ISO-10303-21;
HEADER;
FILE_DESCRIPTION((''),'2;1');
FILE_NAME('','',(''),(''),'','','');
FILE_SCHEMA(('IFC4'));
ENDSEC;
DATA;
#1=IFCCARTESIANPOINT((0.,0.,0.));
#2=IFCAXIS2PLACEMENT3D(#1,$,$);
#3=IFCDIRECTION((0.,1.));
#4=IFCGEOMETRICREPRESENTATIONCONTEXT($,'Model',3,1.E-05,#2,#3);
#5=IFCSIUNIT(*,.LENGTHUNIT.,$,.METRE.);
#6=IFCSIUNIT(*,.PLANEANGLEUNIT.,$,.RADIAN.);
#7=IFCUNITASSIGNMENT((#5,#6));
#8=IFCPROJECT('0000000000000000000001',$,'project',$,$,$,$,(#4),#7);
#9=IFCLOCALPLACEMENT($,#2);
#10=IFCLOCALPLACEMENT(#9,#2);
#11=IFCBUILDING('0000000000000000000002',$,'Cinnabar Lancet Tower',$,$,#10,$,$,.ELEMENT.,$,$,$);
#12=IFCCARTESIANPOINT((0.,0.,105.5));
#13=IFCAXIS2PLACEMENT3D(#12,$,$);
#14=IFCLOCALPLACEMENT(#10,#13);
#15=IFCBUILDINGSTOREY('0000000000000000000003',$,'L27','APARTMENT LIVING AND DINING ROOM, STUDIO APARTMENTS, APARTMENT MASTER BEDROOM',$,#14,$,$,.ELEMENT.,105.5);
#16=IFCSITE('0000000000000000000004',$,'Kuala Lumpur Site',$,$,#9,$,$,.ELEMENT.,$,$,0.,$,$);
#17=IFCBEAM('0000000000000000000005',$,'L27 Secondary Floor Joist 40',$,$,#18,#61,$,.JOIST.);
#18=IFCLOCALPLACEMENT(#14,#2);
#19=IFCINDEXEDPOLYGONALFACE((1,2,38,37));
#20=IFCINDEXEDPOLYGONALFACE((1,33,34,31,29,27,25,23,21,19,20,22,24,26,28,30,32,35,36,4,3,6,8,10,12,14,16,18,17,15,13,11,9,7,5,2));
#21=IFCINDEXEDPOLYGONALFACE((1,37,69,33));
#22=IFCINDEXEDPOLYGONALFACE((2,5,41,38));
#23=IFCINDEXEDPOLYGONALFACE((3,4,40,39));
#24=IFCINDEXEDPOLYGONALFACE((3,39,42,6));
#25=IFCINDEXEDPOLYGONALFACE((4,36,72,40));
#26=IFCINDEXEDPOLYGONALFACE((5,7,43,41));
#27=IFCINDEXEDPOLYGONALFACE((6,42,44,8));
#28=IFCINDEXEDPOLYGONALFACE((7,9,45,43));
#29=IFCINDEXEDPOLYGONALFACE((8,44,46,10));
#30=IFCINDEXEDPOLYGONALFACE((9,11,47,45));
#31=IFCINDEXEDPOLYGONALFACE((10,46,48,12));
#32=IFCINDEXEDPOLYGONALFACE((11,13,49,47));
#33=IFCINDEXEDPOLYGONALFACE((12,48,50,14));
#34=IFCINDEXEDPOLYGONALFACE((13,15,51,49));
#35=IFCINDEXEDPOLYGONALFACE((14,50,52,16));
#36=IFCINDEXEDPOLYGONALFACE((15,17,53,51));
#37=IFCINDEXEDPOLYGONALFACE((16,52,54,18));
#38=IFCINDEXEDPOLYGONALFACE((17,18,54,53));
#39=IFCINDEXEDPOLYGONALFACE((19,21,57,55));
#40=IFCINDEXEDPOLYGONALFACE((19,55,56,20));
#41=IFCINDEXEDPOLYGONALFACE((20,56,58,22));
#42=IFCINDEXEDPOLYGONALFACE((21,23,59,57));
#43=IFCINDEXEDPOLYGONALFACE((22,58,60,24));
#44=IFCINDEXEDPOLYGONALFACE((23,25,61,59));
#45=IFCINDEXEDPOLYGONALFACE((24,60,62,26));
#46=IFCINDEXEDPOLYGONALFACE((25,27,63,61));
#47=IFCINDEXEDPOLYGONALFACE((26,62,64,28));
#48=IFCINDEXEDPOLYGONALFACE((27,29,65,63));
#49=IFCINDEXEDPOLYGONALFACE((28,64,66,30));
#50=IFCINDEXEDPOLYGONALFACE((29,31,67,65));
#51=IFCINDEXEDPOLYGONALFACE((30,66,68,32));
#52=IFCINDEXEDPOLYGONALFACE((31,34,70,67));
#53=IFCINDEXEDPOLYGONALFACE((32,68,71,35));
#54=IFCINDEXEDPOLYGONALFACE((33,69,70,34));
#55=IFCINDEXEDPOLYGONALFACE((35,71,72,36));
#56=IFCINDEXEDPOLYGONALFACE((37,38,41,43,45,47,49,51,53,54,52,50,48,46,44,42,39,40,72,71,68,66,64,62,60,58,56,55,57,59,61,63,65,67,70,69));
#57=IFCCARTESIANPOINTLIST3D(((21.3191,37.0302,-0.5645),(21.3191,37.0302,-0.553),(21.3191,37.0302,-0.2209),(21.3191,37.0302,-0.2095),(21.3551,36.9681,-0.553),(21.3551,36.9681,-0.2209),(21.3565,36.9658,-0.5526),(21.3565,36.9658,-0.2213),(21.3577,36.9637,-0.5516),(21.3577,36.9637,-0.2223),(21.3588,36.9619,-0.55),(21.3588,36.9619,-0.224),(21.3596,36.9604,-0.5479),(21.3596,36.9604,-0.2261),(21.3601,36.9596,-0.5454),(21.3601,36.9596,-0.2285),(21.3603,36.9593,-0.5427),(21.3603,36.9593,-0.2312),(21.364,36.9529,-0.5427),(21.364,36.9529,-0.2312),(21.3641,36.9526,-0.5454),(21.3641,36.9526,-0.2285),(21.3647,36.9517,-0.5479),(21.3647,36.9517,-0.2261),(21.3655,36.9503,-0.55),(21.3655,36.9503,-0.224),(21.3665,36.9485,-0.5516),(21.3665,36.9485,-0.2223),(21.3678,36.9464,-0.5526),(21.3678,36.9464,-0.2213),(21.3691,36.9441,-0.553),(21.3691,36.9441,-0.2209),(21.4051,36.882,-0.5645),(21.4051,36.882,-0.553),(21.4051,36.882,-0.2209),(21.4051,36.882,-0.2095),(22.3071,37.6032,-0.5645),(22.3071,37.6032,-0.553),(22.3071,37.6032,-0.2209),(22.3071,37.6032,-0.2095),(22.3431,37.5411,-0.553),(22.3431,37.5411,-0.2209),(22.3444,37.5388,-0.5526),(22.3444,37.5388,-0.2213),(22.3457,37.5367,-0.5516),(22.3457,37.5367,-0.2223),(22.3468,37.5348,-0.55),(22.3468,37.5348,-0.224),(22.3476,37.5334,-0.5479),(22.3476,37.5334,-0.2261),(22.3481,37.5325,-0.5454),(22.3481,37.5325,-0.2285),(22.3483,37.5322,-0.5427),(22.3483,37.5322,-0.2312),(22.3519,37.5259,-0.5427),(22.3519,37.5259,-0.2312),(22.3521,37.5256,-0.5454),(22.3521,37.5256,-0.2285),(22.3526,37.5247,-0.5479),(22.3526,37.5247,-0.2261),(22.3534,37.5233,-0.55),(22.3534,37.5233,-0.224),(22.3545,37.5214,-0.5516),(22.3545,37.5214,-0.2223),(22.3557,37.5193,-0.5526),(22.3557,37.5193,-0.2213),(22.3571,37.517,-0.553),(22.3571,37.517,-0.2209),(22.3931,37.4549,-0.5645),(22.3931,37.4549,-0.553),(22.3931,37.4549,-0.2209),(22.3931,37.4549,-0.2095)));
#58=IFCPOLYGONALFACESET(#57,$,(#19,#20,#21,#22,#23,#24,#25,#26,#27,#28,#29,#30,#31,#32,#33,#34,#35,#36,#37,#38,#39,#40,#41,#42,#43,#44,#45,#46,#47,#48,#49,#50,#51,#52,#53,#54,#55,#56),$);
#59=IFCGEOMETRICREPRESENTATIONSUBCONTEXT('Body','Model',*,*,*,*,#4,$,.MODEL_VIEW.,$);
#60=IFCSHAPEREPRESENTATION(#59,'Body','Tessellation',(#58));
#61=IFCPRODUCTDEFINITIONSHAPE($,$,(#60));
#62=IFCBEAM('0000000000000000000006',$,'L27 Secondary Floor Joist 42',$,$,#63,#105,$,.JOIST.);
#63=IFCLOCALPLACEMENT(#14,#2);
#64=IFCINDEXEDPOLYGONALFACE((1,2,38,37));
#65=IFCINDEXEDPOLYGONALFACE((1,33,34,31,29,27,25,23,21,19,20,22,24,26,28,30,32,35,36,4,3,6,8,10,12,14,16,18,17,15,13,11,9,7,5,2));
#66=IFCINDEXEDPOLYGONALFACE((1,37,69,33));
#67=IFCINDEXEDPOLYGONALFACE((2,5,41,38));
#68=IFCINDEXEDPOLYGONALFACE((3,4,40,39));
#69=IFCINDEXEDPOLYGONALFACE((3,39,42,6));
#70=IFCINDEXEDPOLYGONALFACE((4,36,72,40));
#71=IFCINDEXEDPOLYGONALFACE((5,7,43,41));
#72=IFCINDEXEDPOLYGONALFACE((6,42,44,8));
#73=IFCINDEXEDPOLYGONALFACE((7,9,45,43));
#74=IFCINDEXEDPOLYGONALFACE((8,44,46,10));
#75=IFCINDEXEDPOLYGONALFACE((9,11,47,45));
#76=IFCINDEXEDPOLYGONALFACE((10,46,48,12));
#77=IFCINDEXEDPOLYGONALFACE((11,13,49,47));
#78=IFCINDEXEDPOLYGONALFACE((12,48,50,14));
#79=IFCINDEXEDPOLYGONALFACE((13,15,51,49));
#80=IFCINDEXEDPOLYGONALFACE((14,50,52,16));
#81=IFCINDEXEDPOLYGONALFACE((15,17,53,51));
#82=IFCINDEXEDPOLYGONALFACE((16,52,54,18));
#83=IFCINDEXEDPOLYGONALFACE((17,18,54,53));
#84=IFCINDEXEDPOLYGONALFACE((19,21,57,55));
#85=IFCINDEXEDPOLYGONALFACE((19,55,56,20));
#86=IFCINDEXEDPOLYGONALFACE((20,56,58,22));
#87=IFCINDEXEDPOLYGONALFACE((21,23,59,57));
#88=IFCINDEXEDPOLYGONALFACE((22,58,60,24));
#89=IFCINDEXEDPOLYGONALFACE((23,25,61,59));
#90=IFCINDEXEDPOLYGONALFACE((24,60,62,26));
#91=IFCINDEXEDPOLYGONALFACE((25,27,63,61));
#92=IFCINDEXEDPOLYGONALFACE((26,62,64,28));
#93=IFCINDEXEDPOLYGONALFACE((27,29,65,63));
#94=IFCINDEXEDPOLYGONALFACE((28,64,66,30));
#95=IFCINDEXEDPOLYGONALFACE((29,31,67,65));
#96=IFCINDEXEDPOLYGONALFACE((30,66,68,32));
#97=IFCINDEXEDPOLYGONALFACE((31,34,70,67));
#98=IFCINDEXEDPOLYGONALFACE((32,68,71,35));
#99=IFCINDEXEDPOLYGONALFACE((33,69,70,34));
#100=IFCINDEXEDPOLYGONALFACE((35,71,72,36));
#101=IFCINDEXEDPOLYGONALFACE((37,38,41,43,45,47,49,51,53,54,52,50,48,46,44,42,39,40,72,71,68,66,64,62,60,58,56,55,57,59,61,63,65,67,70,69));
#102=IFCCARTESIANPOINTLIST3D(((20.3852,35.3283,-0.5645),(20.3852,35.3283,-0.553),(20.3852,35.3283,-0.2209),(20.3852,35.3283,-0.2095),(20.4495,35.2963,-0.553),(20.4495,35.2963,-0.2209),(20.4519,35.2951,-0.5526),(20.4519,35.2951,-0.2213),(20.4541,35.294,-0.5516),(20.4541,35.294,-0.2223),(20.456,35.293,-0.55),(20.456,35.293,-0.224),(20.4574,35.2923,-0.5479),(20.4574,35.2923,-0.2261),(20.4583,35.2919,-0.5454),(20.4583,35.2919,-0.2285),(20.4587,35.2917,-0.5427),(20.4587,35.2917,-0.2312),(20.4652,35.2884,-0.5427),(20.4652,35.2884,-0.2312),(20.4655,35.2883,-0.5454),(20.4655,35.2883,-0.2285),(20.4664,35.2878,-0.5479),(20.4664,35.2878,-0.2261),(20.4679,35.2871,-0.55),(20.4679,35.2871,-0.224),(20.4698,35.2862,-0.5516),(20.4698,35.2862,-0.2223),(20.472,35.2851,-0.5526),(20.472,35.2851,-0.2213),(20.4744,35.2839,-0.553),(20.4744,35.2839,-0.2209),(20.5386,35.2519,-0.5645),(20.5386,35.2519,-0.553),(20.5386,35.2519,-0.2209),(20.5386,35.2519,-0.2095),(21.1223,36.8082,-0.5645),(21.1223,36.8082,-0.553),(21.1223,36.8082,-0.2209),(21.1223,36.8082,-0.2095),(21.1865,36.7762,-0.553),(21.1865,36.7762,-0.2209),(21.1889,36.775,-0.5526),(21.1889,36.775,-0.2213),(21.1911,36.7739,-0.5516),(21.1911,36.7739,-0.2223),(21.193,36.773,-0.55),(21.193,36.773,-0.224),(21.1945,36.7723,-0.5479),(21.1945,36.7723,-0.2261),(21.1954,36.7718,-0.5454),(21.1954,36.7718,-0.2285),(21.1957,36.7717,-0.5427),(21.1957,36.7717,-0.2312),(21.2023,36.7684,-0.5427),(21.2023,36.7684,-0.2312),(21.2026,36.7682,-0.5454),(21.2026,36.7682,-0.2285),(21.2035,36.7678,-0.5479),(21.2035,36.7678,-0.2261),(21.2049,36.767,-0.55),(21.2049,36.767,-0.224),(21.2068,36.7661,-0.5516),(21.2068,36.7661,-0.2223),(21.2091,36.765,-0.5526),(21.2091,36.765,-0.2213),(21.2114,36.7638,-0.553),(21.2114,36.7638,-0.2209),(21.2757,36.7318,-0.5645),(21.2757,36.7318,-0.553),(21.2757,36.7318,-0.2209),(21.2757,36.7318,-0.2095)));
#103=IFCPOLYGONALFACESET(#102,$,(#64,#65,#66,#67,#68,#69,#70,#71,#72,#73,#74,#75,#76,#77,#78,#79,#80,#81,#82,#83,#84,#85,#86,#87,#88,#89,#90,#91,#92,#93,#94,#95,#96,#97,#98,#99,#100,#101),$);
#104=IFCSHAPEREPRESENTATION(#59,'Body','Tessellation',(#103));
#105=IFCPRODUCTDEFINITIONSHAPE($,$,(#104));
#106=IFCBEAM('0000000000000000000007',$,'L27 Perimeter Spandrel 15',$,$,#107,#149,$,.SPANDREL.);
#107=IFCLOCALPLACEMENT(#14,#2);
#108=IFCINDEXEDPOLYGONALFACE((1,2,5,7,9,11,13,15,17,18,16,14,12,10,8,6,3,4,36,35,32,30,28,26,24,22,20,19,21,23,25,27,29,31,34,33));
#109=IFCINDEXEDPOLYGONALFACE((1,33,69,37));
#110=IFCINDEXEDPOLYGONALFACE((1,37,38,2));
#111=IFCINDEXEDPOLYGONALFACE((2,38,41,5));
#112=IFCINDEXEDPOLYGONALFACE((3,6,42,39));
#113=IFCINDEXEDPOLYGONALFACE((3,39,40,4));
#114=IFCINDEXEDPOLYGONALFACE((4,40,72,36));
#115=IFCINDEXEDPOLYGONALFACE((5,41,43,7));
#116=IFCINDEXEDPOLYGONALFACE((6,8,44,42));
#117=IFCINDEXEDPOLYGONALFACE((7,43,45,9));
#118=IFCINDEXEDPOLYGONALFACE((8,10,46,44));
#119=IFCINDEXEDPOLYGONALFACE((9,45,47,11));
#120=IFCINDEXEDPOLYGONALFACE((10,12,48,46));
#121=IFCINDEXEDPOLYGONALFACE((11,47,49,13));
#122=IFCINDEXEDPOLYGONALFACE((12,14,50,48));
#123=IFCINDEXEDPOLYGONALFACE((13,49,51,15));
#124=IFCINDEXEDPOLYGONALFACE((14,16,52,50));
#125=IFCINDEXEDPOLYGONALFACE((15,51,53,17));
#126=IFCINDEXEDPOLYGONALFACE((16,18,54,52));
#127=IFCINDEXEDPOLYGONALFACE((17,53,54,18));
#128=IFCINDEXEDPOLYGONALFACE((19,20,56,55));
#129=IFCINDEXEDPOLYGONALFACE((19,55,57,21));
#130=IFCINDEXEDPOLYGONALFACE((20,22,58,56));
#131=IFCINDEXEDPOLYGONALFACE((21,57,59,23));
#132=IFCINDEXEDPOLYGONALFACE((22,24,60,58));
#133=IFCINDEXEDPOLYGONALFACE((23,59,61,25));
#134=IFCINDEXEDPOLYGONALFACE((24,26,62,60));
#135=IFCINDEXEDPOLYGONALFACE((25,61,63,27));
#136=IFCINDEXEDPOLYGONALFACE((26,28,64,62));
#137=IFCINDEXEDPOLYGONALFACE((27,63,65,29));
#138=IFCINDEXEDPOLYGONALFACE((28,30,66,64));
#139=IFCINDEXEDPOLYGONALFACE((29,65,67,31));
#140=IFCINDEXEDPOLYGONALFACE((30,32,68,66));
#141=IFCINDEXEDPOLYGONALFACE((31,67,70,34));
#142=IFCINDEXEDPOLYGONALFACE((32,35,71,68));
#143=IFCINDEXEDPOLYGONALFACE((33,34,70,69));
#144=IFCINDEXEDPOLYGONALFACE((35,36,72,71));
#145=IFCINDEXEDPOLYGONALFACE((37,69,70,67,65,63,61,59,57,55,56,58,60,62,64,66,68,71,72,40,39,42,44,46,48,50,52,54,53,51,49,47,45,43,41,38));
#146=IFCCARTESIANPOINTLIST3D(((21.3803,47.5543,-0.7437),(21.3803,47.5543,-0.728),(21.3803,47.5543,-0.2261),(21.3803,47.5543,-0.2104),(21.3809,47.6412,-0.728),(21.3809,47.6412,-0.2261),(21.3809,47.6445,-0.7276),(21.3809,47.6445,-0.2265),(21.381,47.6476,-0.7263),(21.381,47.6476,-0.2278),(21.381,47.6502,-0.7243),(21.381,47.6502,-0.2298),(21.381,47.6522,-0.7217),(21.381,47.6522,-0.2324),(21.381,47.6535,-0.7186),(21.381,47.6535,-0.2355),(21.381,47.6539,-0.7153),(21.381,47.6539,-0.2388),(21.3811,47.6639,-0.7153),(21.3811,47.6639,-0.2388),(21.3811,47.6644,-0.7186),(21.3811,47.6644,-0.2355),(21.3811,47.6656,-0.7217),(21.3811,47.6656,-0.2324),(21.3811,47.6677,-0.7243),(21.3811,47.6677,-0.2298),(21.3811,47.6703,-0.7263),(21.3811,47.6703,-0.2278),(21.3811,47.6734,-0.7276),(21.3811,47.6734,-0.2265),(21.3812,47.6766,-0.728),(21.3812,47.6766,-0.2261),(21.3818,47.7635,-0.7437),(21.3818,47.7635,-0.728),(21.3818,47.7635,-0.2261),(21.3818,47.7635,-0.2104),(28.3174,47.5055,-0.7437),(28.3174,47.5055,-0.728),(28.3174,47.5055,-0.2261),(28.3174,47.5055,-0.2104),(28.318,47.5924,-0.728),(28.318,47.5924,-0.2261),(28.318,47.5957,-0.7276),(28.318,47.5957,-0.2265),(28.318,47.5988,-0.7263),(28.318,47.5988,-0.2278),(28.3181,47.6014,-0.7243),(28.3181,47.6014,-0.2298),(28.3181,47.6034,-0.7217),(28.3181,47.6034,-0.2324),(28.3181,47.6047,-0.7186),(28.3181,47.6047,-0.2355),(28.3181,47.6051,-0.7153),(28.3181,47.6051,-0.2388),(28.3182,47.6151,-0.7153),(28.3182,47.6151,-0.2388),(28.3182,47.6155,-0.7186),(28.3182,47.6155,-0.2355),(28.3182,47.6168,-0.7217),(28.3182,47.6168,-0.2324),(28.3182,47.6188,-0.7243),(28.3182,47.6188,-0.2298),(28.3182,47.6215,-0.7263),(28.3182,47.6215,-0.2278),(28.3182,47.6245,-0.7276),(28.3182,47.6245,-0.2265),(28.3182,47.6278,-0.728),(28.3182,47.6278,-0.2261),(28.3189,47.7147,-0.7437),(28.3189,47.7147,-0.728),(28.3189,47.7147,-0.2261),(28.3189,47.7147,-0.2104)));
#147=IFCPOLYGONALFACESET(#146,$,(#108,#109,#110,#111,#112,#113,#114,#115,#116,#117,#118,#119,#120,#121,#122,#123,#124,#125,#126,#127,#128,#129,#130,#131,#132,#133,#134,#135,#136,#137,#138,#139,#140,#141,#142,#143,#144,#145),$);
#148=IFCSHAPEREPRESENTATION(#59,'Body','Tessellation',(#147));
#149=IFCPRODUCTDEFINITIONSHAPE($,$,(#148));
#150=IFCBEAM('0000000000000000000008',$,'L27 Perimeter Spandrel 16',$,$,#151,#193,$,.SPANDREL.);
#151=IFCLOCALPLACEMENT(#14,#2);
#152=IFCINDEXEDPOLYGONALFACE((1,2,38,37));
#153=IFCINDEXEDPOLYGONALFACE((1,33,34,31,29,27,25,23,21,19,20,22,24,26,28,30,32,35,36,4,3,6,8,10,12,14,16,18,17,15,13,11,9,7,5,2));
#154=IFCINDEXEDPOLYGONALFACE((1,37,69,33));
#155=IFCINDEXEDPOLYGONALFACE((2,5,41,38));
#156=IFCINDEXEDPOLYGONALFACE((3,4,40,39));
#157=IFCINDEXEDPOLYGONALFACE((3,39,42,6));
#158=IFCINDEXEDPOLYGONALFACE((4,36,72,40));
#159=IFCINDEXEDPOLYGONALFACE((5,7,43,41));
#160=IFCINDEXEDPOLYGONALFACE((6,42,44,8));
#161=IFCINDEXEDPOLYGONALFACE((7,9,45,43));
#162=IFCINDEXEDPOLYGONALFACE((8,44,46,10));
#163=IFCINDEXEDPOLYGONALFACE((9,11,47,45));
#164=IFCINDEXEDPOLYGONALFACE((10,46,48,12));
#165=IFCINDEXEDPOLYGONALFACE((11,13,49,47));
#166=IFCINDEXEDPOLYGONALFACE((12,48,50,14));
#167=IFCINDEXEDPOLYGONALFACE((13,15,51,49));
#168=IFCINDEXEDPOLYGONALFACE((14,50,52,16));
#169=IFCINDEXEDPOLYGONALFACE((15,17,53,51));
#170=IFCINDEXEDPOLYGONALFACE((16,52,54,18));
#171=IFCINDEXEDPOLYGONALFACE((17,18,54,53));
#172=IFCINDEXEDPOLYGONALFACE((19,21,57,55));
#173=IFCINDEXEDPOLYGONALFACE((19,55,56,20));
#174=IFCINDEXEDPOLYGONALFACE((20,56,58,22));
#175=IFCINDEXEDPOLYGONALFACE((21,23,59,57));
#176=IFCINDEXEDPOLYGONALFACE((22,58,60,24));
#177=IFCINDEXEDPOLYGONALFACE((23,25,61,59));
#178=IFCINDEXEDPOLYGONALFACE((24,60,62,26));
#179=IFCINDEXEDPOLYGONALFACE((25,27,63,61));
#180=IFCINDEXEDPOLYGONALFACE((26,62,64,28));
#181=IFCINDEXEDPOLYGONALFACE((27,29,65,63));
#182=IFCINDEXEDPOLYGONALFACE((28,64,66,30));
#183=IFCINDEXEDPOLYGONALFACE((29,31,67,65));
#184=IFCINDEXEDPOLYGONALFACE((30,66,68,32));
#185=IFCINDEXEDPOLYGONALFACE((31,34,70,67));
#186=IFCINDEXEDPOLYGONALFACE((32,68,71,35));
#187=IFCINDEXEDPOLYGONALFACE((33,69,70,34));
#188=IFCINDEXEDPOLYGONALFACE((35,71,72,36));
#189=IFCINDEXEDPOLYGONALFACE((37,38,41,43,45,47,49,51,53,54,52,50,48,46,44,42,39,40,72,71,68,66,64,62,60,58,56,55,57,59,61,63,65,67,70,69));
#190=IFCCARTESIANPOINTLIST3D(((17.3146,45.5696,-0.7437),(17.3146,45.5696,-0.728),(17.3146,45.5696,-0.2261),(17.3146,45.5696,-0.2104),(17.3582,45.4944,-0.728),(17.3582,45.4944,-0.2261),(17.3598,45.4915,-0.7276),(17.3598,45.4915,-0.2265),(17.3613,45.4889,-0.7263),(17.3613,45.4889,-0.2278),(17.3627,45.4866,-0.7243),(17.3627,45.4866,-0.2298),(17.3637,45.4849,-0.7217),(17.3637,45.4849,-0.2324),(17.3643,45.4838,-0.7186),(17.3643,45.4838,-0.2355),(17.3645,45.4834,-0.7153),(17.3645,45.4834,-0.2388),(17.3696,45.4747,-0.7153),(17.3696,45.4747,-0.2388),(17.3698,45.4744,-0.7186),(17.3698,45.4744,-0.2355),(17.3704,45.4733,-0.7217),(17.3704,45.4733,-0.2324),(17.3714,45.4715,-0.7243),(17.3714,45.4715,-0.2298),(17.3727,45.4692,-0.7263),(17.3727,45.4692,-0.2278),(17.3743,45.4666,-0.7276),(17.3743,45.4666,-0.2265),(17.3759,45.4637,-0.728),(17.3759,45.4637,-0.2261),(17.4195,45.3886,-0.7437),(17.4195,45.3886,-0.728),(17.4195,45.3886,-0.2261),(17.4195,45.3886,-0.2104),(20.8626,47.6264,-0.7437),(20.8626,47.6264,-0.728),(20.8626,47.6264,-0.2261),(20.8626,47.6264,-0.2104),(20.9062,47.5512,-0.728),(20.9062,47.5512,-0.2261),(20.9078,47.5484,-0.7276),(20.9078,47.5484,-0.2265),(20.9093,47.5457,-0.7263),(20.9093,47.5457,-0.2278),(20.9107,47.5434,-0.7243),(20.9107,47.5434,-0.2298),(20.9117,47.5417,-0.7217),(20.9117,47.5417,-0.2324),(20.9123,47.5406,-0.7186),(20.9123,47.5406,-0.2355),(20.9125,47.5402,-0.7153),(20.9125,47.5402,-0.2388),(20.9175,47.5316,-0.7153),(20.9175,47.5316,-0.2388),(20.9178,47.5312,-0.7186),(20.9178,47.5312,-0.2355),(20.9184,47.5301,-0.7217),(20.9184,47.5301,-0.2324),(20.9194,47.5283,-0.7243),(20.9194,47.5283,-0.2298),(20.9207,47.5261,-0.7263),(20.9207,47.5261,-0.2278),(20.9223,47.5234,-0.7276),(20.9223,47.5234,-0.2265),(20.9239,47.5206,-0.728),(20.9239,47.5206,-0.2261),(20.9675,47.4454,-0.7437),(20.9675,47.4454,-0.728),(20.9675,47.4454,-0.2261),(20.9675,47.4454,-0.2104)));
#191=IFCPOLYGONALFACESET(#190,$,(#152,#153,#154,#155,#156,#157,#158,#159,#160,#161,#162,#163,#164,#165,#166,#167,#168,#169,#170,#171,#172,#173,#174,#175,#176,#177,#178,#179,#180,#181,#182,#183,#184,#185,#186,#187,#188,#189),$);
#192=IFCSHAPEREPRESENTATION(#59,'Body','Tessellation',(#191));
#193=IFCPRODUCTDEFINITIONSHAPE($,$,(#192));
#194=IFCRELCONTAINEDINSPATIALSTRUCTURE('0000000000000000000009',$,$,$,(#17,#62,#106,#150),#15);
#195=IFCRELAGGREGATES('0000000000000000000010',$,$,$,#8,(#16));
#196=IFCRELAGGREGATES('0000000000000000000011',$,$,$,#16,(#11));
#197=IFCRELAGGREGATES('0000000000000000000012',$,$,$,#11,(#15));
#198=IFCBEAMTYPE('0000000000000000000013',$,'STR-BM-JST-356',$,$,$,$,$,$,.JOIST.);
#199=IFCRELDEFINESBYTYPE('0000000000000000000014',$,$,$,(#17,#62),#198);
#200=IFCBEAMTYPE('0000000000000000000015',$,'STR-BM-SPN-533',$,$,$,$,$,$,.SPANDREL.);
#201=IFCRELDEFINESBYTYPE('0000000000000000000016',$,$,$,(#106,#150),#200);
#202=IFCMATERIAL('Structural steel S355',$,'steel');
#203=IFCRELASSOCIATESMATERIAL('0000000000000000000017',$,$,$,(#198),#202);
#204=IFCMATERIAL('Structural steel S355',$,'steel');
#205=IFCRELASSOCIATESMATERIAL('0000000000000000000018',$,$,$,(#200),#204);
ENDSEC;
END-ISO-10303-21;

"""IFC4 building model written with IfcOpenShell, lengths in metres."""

from ifc_helpers import new_model, si_unit, direction, frame, origin, origin_2d, place, context, subcontext, project, spatial, i_section, extrude, material, material_profile, profile_set, type_object, element, save


model = new_model("IFC4")

# Units and contexts
model_context = context("Model", 3, precision=1e-05, world=origin(), true_north=direction((0.0, 1.0)))
body_context = subcontext(model_context, "Body", "Model", "MODEL_VIEW")
ifc_project = project(units=[si_unit("LENGTHUNIT", "METRE"), si_unit("PLANEANGLEUNIT", "RADIAN")], contexts=[model_context])

# Site, building, storey
site_placement = place(None, origin())
site = spatial("IfcSite", under=ifc_project, at=site_placement, Name="Kuala Lumpur Site", CompositionType="ELEMENT", RefElevation=0.0)
building_placement = place(site_placement, origin())
building = spatial("IfcBuilding", under=site, at=building_placement, Name="Cinnabar Lancet Tower", CompositionType="ELEMENT")
storey_placement = place(building_placement, frame((0.0, 0.0, 105.5)))
storey = spatial("IfcBuildingStorey", under=building, at=storey_placement, Name="L27", Description="APARTMENT LIVING AND DINING ROOM, STUDIO APARTMENTS, APARTMENT MASTER BEDROOM", CompositionType="ELEMENT", Elevation=105.5)

# Beams
ifc_material_1 = material(Name="Structural steel S355", Category="steel")
ifc_material_profile_1 = material_profile(ifc_material_1, i_section(OverallWidth=0.1714, OverallDepth=0.355, WebThickness=0.0073, FlangeThickness=0.0115, FilletRadius=0.0103, at=origin_2d()), Name="UKB 356x171x51")
ifc_profile_set_1 = profile_set([ifc_material_profile_1], Name="Structural steel S355")
beam_type_1 = type_object("IfcBeamType", Name="STR-BM-JST-356", PredefinedType="JOIST", material=ifc_profile_set_1)
beam_1_placement = place(storey_placement, frame((22.3501, 37.5291, -0.387), z_axis=(-0.865055, -0.501677, 0.0), x_axis=(0.501677, -0.865055, 0.0)))
element("IfcBeam", 1, at=beam_1_placement, inside=storey, type_object=beam_type_1, Name="L27 Secondary Floor Joist 40", PredefinedType="JOIST", context=body_context, shape_type="SweptSolid", body=[
    extrude(i_section(OverallWidth=0.1714, OverallDepth=0.355, WebThickness=0.0073, FlangeThickness=0.0115, FilletRadius=0.0103, at=origin_2d()), origin(), (0.0, 0.0, 1.0), 1.1421),
])
beam_2_placement = place(storey_placement, frame((21.199, 36.77, -0.387), z_axis=(-0.445795, -0.895135, 0.0), x_axis=(0.895135, -0.445795, 0.0)))
element("IfcBeam", 2, at=beam_2_placement, inside=storey, type_object=beam_type_1, Name="L27 Secondary Floor Joist 42", PredefinedType="JOIST", context=body_context, shape_type="SweptSolid", body=[
    extrude(i_section(OverallWidth=0.1714, OverallDepth=0.355, WebThickness=0.0073, FlangeThickness=0.0115, FilletRadius=0.0103, at=origin_2d()), origin(), (0.0, 0.0, 1.0), 1.6533),
])
ifc_material_2 = material(Name="Structural steel S355", Category="steel")
ifc_material_profile_2 = material_profile(ifc_material_2, i_section(OverallWidth=0.2092, OverallDepth=0.5332, WebThickness=0.01, FlangeThickness=0.0156, FilletRadius=0.0127, at=origin_2d()), Name="UKB 533x210x92")
ifc_profile_set_2 = profile_set([ifc_material_profile_2], Name="Structural steel S355")
beam_type_2 = type_object("IfcBeamType", Name="STR-BM-SPN-533", PredefinedType="SPANDREL", material=ifc_profile_set_2)
beam_3_placement = place(storey_placement, frame((28.3181, 47.6101, -0.4771), z_axis=(-0.999975, 0.007039, 0.0), x_axis=(-0.007039, -0.999975, 0.0)))
element("IfcBeam", 3, at=beam_3_placement, inside=storey, type_object=beam_type_2, Name="L27 Perimeter Spandrel 15", PredefinedType="SPANDREL", context=body_context, shape_type="SweptSolid", body=[
    extrude(i_section(OverallWidth=0.2092, OverallDepth=0.5332, WebThickness=0.01, FlangeThickness=0.0156, FilletRadius=0.0127, at=origin_2d()), origin(), (0.0, 0.0, 1.0), 6.9373),
])
beam_4_placement = place(storey_placement, frame((20.915, 47.5359, -0.4771), z_axis=(-0.865138, -0.501534, 0.0), x_axis=(0.501534, -0.865138, 0.0)))
element("IfcBeam", 4, at=beam_4_placement, inside=storey, type_object=beam_type_2, Name="L27 Perimeter Spandrel 16", PredefinedType="SPANDREL", context=body_context, shape_type="SweptSolid", body=[
    extrude(i_section(OverallWidth=0.2092, OverallDepth=0.5332, WebThickness=0.01, FlangeThickness=0.0156, FilletRadius=0.0127, at=origin_2d()), origin(), (0.0, 0.0, 1.0), 4.1011),
])

save(model, "model.ifc")
